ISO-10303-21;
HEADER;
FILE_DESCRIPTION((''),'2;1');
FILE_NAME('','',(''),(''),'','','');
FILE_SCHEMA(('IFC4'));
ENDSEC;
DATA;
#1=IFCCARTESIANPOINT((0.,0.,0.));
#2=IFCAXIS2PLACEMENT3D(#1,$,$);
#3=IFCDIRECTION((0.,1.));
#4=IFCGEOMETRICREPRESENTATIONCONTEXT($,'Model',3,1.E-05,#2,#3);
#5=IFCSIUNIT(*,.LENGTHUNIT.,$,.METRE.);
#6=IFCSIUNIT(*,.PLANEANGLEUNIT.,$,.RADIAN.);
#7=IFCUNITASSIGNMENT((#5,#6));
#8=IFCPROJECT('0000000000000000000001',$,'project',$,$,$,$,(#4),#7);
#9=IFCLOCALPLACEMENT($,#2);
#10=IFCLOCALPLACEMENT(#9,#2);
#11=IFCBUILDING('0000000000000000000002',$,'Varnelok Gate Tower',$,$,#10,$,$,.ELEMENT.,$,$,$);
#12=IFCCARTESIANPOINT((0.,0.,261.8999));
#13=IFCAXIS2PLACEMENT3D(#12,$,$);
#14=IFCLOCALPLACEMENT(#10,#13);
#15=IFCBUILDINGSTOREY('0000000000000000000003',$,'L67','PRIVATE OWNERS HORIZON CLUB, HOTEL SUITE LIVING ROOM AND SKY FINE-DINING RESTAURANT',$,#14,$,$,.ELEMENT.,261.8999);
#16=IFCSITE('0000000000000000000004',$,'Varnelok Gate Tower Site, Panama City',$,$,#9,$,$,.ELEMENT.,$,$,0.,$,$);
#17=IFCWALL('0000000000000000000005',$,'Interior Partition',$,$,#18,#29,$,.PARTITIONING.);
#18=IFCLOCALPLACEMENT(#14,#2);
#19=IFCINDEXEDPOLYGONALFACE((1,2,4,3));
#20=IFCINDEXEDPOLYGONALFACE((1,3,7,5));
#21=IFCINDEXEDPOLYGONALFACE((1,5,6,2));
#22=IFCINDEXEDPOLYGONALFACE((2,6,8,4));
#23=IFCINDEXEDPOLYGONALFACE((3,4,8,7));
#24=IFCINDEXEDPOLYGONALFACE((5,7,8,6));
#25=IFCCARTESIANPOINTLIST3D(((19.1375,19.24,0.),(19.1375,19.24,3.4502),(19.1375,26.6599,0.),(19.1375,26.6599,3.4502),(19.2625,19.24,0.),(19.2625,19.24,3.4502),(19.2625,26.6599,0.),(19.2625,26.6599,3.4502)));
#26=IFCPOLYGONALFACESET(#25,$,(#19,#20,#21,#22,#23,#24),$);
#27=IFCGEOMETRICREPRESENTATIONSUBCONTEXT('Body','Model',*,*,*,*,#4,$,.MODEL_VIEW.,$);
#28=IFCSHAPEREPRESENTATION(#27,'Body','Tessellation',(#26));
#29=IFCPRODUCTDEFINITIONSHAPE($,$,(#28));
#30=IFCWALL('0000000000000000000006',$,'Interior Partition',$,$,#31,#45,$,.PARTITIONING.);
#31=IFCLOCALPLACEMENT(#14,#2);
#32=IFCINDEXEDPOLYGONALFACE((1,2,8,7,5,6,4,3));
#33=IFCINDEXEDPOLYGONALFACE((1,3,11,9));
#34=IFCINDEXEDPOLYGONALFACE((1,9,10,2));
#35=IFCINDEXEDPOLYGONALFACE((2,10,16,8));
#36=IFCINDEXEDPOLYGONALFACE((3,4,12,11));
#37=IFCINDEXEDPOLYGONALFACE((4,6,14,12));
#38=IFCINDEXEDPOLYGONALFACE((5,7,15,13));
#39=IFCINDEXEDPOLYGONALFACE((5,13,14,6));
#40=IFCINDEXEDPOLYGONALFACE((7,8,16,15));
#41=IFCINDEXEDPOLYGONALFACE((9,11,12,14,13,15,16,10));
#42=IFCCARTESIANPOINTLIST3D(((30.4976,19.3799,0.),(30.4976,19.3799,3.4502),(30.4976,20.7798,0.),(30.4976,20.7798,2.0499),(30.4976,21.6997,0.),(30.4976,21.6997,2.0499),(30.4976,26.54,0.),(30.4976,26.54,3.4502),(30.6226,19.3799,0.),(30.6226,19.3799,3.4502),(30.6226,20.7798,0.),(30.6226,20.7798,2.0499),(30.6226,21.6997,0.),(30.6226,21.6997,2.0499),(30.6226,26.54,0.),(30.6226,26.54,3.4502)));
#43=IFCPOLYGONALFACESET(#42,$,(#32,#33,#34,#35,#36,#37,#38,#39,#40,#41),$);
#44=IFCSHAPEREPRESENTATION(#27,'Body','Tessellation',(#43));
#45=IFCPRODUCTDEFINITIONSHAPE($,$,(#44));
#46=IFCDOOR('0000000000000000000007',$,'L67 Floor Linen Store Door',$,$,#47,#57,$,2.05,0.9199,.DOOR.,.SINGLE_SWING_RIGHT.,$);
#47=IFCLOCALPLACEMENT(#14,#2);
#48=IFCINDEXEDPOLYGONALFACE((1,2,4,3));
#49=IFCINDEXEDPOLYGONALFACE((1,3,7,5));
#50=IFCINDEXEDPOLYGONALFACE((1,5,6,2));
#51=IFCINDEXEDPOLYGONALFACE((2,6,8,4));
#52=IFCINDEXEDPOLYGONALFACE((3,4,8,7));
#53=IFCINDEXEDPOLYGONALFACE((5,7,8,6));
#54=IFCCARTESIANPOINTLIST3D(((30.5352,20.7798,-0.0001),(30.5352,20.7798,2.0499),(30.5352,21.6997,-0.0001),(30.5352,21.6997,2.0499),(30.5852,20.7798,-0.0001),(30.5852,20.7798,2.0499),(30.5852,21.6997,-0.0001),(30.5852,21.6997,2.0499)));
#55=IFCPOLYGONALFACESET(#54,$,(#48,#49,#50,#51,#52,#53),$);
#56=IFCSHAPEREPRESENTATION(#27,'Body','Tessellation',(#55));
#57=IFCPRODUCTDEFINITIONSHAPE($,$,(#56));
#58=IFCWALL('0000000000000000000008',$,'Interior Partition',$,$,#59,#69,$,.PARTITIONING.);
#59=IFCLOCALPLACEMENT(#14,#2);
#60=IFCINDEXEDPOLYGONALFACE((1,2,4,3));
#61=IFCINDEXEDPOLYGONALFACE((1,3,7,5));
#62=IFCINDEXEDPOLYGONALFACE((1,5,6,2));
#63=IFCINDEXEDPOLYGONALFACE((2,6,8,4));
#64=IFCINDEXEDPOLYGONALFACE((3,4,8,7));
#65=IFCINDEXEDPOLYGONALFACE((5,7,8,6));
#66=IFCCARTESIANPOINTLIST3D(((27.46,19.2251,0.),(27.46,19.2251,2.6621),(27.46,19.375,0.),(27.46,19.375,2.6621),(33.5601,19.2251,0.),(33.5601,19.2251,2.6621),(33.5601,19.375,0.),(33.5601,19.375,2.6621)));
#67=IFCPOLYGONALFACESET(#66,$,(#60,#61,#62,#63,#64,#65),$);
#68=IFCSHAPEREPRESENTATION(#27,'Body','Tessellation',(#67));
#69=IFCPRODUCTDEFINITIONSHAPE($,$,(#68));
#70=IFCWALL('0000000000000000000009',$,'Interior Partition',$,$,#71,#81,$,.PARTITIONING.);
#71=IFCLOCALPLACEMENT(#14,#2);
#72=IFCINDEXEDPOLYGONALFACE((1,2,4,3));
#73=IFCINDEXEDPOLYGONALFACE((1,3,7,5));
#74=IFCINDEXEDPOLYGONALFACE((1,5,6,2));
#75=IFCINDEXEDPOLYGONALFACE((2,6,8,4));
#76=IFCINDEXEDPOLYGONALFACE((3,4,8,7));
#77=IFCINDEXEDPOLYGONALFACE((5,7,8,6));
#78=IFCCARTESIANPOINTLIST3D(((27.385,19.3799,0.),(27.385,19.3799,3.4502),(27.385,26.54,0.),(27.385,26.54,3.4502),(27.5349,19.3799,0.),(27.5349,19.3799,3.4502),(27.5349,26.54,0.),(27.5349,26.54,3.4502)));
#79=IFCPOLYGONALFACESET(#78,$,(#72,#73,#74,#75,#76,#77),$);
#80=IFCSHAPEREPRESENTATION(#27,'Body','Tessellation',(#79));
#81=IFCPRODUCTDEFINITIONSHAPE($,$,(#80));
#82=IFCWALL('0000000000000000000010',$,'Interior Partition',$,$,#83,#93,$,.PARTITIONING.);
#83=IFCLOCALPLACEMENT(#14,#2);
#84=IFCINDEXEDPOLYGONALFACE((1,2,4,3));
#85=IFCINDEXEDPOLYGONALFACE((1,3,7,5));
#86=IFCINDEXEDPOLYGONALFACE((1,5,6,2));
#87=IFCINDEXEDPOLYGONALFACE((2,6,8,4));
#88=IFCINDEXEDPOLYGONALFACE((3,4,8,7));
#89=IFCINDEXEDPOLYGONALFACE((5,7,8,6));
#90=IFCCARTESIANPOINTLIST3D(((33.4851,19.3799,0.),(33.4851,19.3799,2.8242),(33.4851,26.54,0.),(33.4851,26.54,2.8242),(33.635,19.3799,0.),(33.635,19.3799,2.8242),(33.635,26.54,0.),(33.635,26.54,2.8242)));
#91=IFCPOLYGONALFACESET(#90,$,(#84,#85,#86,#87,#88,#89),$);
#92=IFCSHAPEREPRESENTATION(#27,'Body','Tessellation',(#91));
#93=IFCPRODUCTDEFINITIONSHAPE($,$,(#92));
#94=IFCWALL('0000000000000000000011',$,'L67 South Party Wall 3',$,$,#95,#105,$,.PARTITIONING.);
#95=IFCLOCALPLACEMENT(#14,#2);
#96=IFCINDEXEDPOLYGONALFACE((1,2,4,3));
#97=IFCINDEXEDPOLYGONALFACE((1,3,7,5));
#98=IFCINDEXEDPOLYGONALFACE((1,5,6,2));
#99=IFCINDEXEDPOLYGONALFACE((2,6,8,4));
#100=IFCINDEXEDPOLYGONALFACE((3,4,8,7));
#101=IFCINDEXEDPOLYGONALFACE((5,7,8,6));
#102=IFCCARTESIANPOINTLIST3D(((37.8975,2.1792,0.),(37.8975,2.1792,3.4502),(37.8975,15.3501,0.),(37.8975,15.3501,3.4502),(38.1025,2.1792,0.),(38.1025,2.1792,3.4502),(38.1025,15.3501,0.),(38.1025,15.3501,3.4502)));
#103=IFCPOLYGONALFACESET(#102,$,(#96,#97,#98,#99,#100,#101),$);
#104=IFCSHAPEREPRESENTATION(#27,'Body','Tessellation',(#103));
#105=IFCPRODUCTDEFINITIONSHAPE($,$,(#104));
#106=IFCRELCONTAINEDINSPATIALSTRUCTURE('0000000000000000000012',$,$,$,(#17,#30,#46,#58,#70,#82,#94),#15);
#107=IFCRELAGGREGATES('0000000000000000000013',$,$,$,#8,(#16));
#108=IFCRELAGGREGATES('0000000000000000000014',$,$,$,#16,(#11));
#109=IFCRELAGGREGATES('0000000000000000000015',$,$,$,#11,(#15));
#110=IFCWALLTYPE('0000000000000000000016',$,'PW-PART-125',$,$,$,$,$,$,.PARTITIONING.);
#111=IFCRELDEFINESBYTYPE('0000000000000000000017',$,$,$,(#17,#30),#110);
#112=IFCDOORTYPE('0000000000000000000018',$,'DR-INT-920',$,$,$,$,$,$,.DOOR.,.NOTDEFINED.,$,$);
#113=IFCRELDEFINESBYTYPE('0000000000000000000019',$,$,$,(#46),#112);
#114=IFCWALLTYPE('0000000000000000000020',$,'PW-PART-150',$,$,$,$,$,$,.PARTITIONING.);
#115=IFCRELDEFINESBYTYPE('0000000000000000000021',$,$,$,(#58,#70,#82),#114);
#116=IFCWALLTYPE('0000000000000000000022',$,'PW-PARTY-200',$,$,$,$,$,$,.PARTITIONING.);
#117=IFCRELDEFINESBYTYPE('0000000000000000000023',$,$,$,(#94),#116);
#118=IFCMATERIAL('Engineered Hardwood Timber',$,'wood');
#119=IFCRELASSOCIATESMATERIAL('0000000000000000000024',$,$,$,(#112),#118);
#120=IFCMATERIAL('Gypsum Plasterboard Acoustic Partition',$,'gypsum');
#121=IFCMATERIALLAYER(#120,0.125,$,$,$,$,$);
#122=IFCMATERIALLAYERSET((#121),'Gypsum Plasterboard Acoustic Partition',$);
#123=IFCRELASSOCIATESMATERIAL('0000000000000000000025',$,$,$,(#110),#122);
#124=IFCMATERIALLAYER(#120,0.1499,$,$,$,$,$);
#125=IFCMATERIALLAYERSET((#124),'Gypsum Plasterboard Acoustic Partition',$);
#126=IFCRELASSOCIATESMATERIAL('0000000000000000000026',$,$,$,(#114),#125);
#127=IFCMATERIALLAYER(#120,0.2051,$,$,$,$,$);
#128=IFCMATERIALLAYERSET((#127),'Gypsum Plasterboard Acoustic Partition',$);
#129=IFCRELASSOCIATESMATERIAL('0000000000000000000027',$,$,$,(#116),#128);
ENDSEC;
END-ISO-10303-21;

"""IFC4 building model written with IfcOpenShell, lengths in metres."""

from ifc_helpers import new_model, si_unit, direction, frame, frame_2d, origin, place, context, subcontext, project, spatial, rectangle, extrude, material, layer, layer_set, type_object, element, fill, save


model = new_model("IFC4")

# Units and contexts
model_context = context("Model", 3, precision=1e-05, world=origin(), true_north=direction((0.0, 1.0)))
body_context = subcontext(model_context, "Body", "Model", "MODEL_VIEW")
ifc_project = project(units=[si_unit("LENGTHUNIT", "METRE"), si_unit("PLANEANGLEUNIT", "RADIAN")], contexts=[model_context])

# Site, building, storey
site_placement = place(None, origin())
site = spatial("IfcSite", under=ifc_project, at=site_placement, Name="Varnelok Gate Tower Site, Panama City", CompositionType="ELEMENT", RefElevation=0.0)
building_placement = place(site_placement, origin())
building = spatial("IfcBuilding", under=site, at=building_placement, Name="Varnelok Gate Tower", CompositionType="ELEMENT")
storey_placement = place(building_placement, frame((0.0, 0.0, 261.8999)))
storey = spatial("IfcBuildingStorey", under=building, at=storey_placement, Name="L67", Description="PRIVATE OWNERS HORIZON CLUB, HOTEL SUITE LIVING ROOM AND SKY FINE-DINING RESTAURANT", CompositionType="ELEMENT", Elevation=261.8999)

# Shared definitions
ifc_material_1 = material(Name="Gypsum Plasterboard Acoustic Partition", Category="gypsum")
ifc_material_2 = material(Name="Engineered Hardwood Timber", Category="wood")
door_type_1 = type_object("IfcDoorType", Name="DR-INT-920", OperationType="NOTDEFINED", PredefinedType="DOOR", material=ifc_material_2)

# Wall
ifc_layer_1 = layer(ifc_material_1, 0.125)
ifc_layer_set_1 = layer_set([ifc_layer_1], Name="Gypsum Plasterboard Acoustic Partition")
wall_type_1 = type_object("IfcWallType", Name="PW-PART-125", PredefinedType="PARTITIONING", material=ifc_layer_set_1)
wall_1_placement = place(storey_placement, frame((19.2, 19.24, 0.0), z_axis=(0.0, 0.0, 1.0), x_axis=(0.0, 1.0, 0.0)))
element("IfcWall", 1, at=wall_1_placement, inside=storey, type_object=wall_type_1, Name="Interior Partition", PredefinedType="PARTITIONING", context=body_context, shape_type="SweptSolid", body=[
    extrude(rectangle(XDim=7.4199, YDim=0.125, at=frame_2d((3.71, 0.0))), origin(), (0.0, 0.0, 1.0), 3.4502),
])

# Wall, opening, door
wall_2_placement = place(storey_placement, frame((30.5601, 19.3799, 0.0), z_axis=(0.0, 0.0, 1.0), x_axis=(0.0, 1.0, 0.0)))
wall_2 = element("IfcWall", 2, at=wall_2_placement, inside=storey, type_object=wall_type_1, Name="Interior Partition", PredefinedType="PARTITIONING", context=body_context, shape_type="SweptSolid", body=[
    extrude(rectangle(XDim=7.1602, YDim=0.125, at=frame_2d((3.5801, 0.0))), origin(), (0.0, 0.0, 1.0), 3.4502),
])
opening_1_placement = place(wall_2_placement, frame((1.3999, 0.0, 0.0)))
opening_1 = element("IfcOpeningElement", 3, at=opening_1_placement, cuts=wall_2, PredefinedType="OPENING", context=body_context, shape_type="SweptSolid", body=[
    extrude(rectangle(XDim=0.9199, YDim=2.05, at=frame_2d((0.46, 1.0249))), frame((0.0, 0.0725, 0.0), z_axis=(0.0, -1.0, 0.0), x_axis=(1.0, 0.0, 0.0)), (0.0, 0.0, 1.0), 0.145),
])
door_1_placement = place(opening_1_placement, origin())
door_1 = element("IfcDoor", 4, at=door_1_placement, inside=storey, type_object=door_type_1, Name="L67 Floor Linen Store Door", OperationType="SINGLE_SWING_RIGHT", OverallHeight=2.05, OverallWidth=0.9199, PredefinedType="DOOR", context=body_context, shape_type="SweptSolid", body=[
    extrude(rectangle(XDim=0.9199, YDim=2.05, at=frame_2d((0.46, 1.0249))), frame((0.0, 0.0249, 0.0), z_axis=(0.0, -1.0, 0.0), x_axis=(1.0, 0.0, 0.0)), (0.0, 0.0, 1.0), 0.05),
])
fill(opening_1, door_1)

# Walls
ifc_layer_2 = layer(ifc_material_1, 0.1499)
ifc_layer_set_2 = layer_set([ifc_layer_2], Name="Gypsum Plasterboard Acoustic Partition")
wall_type_2 = type_object("IfcWallType", Name="PW-PART-150", PredefinedType="PARTITIONING", material=ifc_layer_set_2)
wall_3_placement = place(storey_placement, frame((27.46, 19.3, 0.0), z_axis=(0.0, 0.0, 1.0), x_axis=(1.0, 0.0, 0.0)))
element("IfcWall", 5, at=wall_3_placement, inside=storey, type_object=wall_type_2, Name="Interior Partition", PredefinedType="PARTITIONING", context=body_context, shape_type="SweptSolid", body=[
    extrude(rectangle(XDim=6.1001, YDim=0.1499, at=frame_2d((3.05, 0.0))), origin(), (0.0, 0.0, 1.0), 2.6621),
])
wall_4_placement = place(storey_placement, frame((27.46, 19.3799, 0.0), z_axis=(0.0, 0.0, 1.0), x_axis=(0.0, 1.0, 0.0)))
element("IfcWall", 6, at=wall_4_placement, inside=storey, type_object=wall_type_2, Name="Interior Partition", PredefinedType="PARTITIONING", context=body_context, shape_type="SweptSolid", body=[
    extrude(rectangle(XDim=7.1602, YDim=0.1499, at=frame_2d((3.5801, 0.0))), origin(), (0.0, 0.0, 1.0), 3.4502),
])
wall_5_placement = place(storey_placement, frame((33.5601, 19.3799, 0.0), z_axis=(0.0, 0.0, 1.0), x_axis=(0.0, 1.0, 0.0)))
element("IfcWall", 7, at=wall_5_placement, inside=storey, type_object=wall_type_2, Name="Interior Partition", PredefinedType="PARTITIONING", context=body_context, shape_type="SweptSolid", body=[
    extrude(rectangle(XDim=7.1602, YDim=0.1499, at=frame_2d((3.5801, 0.0))), origin(), (0.0, 0.0, 1.0), 2.8242),
])
ifc_layer_3 = layer(ifc_material_1, 0.2051)
ifc_layer_set_3 = layer_set([ifc_layer_3], Name="Gypsum Plasterboard Acoustic Partition")
wall_type_3 = type_object("IfcWallType", Name="PW-PARTY-200", PredefinedType="PARTITIONING", material=ifc_layer_set_3)
wall_6_placement = place(storey_placement, frame((38.0, 2.1792, 0.0), z_axis=(0.0, 0.0, 1.0), x_axis=(0.0, 1.0, 0.0)))
element("IfcWall", 8, at=wall_6_placement, inside=storey, type_object=wall_type_3, Name="L67 South Party Wall 3", PredefinedType="PARTITIONING", context=body_context, shape_type="SweptSolid", body=[
    extrude(rectangle(XDim=13.1709, YDim=0.2051, at=frame_2d((6.5854, 0.0))), origin(), (0.0, 0.0, 1.0), 3.4502),
])

save(model, "model.ifc")
